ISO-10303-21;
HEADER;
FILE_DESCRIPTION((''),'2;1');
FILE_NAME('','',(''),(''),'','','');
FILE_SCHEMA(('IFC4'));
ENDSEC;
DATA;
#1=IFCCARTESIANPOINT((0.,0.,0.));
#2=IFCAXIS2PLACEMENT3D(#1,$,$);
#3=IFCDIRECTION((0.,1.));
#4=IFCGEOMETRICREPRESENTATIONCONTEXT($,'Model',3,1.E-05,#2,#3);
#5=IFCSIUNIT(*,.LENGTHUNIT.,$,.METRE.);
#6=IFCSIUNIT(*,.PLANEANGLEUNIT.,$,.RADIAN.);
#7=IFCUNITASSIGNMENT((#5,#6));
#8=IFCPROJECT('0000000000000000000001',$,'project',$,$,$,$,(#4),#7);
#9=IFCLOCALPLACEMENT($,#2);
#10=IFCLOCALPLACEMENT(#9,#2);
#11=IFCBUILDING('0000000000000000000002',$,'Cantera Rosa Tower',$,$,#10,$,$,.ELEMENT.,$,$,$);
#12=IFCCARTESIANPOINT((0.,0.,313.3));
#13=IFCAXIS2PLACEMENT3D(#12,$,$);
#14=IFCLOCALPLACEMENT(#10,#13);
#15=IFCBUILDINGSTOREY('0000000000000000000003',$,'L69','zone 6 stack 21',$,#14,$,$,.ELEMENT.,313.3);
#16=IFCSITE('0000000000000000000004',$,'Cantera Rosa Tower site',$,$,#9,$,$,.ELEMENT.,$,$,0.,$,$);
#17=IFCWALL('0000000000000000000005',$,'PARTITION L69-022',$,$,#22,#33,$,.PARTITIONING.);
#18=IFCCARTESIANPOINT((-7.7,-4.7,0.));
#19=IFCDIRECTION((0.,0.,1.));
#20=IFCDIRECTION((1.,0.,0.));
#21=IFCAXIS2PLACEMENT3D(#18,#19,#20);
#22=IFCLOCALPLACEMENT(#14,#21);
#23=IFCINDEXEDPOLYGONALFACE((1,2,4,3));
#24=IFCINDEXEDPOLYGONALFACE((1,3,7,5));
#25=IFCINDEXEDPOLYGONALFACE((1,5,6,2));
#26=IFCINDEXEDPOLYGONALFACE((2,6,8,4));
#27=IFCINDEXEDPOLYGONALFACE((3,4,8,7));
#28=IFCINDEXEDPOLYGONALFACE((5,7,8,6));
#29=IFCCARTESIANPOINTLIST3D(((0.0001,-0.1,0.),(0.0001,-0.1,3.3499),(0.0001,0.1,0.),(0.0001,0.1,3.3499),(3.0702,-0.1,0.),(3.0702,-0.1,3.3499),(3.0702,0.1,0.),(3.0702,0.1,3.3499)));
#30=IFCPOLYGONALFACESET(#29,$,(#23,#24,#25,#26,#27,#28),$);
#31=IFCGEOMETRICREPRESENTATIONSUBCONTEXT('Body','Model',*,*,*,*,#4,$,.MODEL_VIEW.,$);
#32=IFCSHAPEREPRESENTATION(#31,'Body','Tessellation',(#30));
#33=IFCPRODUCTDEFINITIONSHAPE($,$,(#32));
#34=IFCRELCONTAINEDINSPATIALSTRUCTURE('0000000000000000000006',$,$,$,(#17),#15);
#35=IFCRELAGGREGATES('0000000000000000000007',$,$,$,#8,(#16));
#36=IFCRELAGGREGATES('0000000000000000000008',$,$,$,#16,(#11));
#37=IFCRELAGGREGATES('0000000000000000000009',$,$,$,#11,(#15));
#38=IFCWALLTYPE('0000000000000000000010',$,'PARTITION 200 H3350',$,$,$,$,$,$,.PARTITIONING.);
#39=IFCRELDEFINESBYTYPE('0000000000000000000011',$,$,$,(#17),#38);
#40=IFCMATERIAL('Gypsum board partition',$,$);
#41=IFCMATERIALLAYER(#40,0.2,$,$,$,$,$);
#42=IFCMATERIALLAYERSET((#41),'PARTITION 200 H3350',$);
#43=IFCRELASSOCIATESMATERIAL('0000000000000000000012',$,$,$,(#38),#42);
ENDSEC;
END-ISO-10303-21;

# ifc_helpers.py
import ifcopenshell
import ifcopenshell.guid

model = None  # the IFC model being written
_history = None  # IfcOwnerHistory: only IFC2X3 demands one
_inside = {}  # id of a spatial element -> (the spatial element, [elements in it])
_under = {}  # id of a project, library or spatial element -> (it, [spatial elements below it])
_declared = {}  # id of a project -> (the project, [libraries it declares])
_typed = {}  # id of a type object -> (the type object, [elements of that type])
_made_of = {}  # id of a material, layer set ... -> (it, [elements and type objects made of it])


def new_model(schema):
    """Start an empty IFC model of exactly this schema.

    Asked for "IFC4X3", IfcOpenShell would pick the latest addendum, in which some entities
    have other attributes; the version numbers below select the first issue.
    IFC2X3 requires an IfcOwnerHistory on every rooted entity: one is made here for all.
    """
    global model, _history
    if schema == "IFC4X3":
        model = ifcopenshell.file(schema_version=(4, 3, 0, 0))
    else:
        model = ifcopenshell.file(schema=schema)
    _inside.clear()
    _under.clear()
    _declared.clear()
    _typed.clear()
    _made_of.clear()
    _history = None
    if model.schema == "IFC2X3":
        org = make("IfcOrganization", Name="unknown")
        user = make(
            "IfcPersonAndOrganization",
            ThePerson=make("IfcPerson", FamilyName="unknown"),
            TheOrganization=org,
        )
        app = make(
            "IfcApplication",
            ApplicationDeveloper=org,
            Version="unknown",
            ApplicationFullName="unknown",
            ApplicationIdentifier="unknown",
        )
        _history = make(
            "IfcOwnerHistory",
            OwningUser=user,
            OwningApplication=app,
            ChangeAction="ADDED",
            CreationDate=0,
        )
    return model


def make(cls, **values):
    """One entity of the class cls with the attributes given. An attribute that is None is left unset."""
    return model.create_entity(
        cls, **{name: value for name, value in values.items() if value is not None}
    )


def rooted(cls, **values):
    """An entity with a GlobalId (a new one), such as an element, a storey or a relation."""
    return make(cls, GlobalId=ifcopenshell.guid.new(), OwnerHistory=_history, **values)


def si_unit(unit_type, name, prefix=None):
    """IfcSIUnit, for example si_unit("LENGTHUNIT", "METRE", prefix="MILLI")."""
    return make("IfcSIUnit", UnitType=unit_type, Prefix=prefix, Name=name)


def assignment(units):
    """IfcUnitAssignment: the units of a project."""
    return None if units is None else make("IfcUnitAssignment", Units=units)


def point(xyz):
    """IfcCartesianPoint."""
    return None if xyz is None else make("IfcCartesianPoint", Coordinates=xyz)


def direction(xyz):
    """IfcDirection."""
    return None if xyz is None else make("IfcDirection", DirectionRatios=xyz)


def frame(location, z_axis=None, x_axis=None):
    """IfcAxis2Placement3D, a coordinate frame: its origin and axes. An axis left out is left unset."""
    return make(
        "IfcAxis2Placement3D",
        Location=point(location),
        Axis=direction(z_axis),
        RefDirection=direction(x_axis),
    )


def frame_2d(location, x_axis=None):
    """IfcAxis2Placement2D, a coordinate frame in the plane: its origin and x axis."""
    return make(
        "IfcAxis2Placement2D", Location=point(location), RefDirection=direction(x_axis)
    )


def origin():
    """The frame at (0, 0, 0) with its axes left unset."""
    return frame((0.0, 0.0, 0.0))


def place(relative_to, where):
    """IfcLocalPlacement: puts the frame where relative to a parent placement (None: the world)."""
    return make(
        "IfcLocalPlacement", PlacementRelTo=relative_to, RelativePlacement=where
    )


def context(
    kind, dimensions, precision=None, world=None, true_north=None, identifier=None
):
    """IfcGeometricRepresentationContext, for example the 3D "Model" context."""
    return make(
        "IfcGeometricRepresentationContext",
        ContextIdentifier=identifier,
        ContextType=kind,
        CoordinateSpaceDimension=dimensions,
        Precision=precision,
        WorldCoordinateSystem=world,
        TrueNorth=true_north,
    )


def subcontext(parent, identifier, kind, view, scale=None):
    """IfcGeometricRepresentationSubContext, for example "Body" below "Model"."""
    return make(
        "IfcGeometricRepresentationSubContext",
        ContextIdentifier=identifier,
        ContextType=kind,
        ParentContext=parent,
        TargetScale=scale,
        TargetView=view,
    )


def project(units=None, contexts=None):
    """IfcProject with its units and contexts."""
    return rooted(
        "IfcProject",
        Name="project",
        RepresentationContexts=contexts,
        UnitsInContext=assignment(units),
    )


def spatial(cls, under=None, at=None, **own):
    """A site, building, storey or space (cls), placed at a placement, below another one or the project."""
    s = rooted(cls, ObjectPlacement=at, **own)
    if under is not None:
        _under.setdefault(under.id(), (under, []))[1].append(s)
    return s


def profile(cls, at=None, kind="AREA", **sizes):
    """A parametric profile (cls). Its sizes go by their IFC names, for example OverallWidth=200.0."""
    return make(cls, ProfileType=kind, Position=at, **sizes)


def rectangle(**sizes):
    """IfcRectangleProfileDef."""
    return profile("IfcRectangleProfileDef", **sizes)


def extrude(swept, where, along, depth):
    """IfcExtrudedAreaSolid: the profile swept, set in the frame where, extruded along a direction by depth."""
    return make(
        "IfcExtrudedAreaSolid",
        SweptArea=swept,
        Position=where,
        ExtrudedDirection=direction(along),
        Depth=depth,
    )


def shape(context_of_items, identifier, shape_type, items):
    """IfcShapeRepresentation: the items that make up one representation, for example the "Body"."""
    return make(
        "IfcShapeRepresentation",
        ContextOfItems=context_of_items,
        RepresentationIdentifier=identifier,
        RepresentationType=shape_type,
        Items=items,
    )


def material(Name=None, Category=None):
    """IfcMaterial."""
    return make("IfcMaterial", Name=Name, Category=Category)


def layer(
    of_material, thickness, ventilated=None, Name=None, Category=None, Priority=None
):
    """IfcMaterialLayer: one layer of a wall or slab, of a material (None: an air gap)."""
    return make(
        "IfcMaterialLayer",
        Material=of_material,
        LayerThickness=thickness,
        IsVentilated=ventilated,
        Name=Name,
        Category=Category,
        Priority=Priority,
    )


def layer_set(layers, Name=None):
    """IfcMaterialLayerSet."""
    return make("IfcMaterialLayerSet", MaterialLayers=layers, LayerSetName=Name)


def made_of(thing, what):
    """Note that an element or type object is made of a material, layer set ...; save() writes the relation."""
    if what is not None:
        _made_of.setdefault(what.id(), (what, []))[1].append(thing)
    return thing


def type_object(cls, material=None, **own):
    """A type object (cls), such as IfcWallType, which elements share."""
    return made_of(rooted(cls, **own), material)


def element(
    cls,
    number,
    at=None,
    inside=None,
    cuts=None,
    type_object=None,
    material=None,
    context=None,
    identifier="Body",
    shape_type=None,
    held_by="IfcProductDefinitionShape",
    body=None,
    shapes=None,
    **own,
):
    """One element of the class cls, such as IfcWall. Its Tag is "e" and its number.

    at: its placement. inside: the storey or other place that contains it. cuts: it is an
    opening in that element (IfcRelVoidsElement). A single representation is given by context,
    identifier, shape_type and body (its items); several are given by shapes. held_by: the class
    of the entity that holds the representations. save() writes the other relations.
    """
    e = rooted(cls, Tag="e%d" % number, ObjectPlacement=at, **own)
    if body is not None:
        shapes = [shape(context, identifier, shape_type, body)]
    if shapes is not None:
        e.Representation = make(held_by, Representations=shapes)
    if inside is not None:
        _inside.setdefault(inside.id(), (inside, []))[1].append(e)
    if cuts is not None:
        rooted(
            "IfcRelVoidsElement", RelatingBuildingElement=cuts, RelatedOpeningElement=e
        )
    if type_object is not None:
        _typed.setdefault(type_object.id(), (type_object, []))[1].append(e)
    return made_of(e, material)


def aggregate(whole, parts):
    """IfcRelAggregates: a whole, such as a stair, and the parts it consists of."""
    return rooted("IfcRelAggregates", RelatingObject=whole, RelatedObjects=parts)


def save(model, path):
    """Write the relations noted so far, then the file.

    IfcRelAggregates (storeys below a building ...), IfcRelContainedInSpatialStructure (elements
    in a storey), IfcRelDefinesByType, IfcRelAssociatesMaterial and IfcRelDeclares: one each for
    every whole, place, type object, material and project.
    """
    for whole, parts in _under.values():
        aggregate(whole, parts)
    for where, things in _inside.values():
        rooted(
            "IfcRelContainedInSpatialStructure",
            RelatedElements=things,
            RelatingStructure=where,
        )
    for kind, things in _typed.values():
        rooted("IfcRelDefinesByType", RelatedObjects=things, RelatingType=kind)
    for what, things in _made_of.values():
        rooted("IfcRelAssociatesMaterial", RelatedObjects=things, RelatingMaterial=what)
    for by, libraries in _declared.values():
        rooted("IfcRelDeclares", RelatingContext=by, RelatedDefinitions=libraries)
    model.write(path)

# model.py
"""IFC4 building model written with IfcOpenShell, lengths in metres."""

from ifc_helpers import new_model, si_unit, direction, frame, frame_2d, origin, place, context, subcontext, project, spatial, rectangle, extrude, material, layer, layer_set, type_object, element, save


model = new_model("IFC4")

# Units and contexts
model_context = context("Model", 3, precision=1e-05, world=origin(), true_north=direction((0.0, 1.0)))
body_context = subcontext(model_context, "Body", "Model", "MODEL_VIEW")
ifc_project = project(units=[si_unit("LENGTHUNIT", "METRE"), si_unit("PLANEANGLEUNIT", "RADIAN")], contexts=[model_context])

# Site, building, storey
site_placement = place(None, origin())
site = spatial("IfcSite", under=ifc_project, at=site_placement, Name="Cantera Rosa Tower site", CompositionType="ELEMENT", RefElevation=0.0)
building_placement = place(site_placement, origin())
building = spatial("IfcBuilding", under=site, at=building_placement, Name="Cantera Rosa Tower", CompositionType="ELEMENT")
storey_placement = place(building_placement, frame((0.0, 0.0, 313.3)))
storey = spatial("IfcBuildingStorey", under=building, at=storey_placement, Name="L69", Description="zone 6 stack 21", CompositionType="ELEMENT", Elevation=313.3)

# Wall
ifc_material_1 = material(Name="Gypsum board partition")
ifc_layer_1 = layer(ifc_material_1, 0.2)
ifc_layer_set_1 = layer_set([ifc_layer_1], Name="PARTITION 200 H3350")
wall_type_1 = type_object("IfcWallType", Name="PARTITION 200 H3350", PredefinedType="PARTITIONING", material=ifc_layer_set_1)
wall_1_placement = place(storey_placement, frame((-7.7, -4.7, 0.0), z_axis=(0.0, 0.0, 1.0), x_axis=(1.0, 0.0, 0.0)))
element("IfcWall", 1, at=wall_1_placement, inside=storey, type_object=wall_type_1, Name="PARTITION L69-022", PredefinedType="PARTITIONING", context=body_context, shape_type="SweptSolid", body=[
    extrude(rectangle(XDim=3.0701, YDim=0.2, at=frame_2d((1.5352, 0.0))), origin(), (0.0, 0.0, 1.0), 3.3499),
])

save(model, "model.ifc")
